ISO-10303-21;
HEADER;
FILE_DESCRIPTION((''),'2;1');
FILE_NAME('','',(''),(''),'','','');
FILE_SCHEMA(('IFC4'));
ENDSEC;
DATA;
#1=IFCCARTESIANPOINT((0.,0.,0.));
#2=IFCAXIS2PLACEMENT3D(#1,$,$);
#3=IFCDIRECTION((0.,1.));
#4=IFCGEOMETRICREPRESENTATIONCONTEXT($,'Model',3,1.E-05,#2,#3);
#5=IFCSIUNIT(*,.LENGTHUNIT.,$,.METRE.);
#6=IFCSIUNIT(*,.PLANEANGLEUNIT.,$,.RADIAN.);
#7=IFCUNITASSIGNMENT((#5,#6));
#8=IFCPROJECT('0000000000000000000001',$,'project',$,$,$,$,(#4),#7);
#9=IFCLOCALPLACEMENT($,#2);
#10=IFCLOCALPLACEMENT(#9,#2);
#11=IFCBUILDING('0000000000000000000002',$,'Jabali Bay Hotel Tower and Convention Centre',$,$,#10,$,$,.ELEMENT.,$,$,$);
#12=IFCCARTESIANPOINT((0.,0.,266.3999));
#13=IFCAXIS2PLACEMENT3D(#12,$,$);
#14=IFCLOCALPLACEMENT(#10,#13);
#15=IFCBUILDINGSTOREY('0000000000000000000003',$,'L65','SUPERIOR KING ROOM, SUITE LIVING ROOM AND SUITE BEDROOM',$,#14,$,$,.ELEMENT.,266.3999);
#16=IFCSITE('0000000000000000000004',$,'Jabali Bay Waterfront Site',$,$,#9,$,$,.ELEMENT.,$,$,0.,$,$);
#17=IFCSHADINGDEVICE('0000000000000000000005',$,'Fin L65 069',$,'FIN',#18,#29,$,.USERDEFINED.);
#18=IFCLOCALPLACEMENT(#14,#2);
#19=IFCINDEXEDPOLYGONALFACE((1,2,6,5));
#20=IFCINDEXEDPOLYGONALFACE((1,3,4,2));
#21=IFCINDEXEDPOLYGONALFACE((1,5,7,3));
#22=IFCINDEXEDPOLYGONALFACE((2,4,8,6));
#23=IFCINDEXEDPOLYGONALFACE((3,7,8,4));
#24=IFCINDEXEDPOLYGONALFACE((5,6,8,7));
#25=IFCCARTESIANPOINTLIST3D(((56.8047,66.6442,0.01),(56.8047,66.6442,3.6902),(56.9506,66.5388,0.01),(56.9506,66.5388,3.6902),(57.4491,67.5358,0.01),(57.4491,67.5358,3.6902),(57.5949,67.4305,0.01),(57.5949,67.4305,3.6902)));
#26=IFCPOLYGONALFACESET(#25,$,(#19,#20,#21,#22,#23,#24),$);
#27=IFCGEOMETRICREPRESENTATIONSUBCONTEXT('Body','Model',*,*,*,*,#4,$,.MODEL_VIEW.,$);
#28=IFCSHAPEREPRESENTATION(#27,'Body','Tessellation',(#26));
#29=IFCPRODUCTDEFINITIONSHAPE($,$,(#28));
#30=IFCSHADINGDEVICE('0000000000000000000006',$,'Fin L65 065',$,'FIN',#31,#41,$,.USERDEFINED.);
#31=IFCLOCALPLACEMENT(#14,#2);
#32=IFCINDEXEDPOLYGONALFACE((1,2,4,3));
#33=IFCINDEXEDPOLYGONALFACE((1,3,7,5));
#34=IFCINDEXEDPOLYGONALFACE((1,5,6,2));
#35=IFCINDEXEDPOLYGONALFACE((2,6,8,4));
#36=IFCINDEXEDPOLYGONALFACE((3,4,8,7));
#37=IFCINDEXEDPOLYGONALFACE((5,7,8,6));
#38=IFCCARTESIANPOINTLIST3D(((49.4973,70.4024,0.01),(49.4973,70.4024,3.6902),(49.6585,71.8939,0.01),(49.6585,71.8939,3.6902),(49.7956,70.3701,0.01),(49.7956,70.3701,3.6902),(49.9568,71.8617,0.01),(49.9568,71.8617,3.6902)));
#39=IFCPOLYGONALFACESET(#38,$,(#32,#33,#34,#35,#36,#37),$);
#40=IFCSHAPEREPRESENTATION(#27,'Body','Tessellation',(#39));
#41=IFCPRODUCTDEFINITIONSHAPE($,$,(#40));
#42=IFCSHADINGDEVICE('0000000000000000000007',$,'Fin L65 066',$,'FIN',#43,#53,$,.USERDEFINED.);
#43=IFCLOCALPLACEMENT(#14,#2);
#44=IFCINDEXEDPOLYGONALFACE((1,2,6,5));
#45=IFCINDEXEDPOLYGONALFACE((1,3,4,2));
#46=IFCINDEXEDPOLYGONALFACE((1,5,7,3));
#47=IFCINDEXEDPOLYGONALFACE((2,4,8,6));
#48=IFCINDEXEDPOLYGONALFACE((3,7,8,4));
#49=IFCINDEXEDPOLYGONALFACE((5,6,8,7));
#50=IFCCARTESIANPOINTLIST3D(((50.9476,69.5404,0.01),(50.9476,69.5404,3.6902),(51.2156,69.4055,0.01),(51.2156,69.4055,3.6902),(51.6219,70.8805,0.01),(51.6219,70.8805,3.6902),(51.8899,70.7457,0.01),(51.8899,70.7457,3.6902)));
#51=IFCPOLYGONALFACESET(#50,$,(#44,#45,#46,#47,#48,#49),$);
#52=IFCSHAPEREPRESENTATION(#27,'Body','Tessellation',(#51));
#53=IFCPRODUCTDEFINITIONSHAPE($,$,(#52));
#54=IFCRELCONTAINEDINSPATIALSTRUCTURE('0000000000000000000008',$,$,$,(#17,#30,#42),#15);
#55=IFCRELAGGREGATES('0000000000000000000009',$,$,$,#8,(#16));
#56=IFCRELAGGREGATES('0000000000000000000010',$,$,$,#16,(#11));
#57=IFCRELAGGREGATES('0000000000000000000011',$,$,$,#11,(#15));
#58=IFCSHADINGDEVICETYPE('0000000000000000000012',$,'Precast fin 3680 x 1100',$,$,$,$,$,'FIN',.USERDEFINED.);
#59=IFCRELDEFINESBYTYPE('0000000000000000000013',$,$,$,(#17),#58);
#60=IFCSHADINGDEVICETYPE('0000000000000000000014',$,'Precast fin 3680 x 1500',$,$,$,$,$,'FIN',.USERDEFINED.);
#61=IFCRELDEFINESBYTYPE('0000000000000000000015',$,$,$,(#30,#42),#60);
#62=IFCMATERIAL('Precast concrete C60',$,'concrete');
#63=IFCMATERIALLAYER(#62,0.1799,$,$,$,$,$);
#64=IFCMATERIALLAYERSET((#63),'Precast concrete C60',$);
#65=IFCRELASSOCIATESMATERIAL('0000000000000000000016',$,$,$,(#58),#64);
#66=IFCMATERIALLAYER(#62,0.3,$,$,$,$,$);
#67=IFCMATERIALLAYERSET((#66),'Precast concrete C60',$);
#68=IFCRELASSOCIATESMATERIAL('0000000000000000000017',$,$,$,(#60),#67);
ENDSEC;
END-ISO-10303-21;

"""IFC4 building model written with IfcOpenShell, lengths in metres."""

from ifc_helpers import new_model, si_unit, direction, frame, frame_2d, origin, place, context, subcontext, project, spatial, rectangle, extrude, material, layer, layer_set, type_object, element, save


model = new_model("IFC4")

# Units and contexts
model_context = context("Model", 3, precision=1e-05, world=origin(), true_north=direction((0.0, 1.0)))
body_context = subcontext(model_context, "Body", "Model", "MODEL_VIEW")
ifc_project = project(units=[si_unit("LENGTHUNIT", "METRE"), si_unit("PLANEANGLEUNIT", "RADIAN")], contexts=[model_context])

# Site, building, storey
site_placement = place(None, origin())
site = spatial("IfcSite", under=ifc_project, at=site_placement, Name="Jabali Bay Waterfront Site", CompositionType="ELEMENT", RefElevation=0.0)
building_placement = place(site_placement, origin())
building = spatial("IfcBuilding", under=site, at=building_placement, Name="Jabali Bay Hotel Tower and Convention Centre", CompositionType="ELEMENT")
storey_placement = place(building_placement, frame((0.0, 0.0, 266.3999)))
storey = spatial("IfcBuildingStorey", under=building, at=storey_placement, Name="L65", Description="SUPERIOR KING ROOM, SUITE LIVING ROOM AND SUITE BEDROOM", CompositionType="ELEMENT", Elevation=266.3999)

# Shading devices
ifc_material_1 = material(Name="Precast concrete C60", Category="concrete")
ifc_layer_1 = layer(ifc_material_1, 0.1799)
ifc_layer_set_1 = layer_set([ifc_layer_1], Name="Precast concrete C60")
shading_device_type_1 = type_object("IfcShadingDeviceType", Name="Precast fin 3680 x 1100", ElementType="FIN", PredefinedType="USERDEFINED", material=ifc_layer_set_1)
shading_device_placement = place(storey_placement, frame((57.522, 67.4832, 0.01), z_axis=(0.0, 0.0, 1.0), x_axis=(-0.585701, -0.810527, 0.0)))
element("IfcShadingDevice", 1, at=shading_device_placement, inside=storey, type_object=shading_device_type_1, Name="Fin L65 069", ObjectType="FIN", PredefinedType="USERDEFINED", context=body_context, shape_type="SweptSolid", body=[
    extrude(rectangle(XDim=1.1001, YDim=0.1799, at=frame_2d((0.55, 0.0))), origin(), (0.0, 0.0, 1.0), 3.6802),
])
ifc_layer_2 = layer(ifc_material_1, 0.3)
ifc_layer_set_2 = layer_set([ifc_layer_2], Name="Precast concrete C60")
shading_device_type_2 = type_object("IfcShadingDeviceType", Name="Precast fin 3680 x 1500", ElementType="FIN", PredefinedType="USERDEFINED", material=ifc_layer_set_2)
for number, where, z_axis, x_axis, name in (
    (2, (49.8076, 71.8777, 0.01), (0.0, 0.0, 1.0), (-0.107412, -0.994215, 0.0), "Fin L65 065"),
    (3, (51.7559, 70.813, 0.01), (0.0, 0.0, 1.0), (-0.449491, -0.893285, 0.0), "Fin L65 066"),
):
    element("IfcShadingDevice", number, at=place(storey_placement, frame(where, z_axis=z_axis, x_axis=x_axis)), inside=storey, type_object=shading_device_type_2, Name=name, ObjectType="FIN", PredefinedType="USERDEFINED", context=body_context, shape_type="SweptSolid", body=[
        extrude(rectangle(XDim=1.5002, YDim=0.3, at=frame_2d((0.75, 0.0))), origin(), (0.0, 0.0, 1.0), 3.6802),
    ])

save(model, "model.ifc")
